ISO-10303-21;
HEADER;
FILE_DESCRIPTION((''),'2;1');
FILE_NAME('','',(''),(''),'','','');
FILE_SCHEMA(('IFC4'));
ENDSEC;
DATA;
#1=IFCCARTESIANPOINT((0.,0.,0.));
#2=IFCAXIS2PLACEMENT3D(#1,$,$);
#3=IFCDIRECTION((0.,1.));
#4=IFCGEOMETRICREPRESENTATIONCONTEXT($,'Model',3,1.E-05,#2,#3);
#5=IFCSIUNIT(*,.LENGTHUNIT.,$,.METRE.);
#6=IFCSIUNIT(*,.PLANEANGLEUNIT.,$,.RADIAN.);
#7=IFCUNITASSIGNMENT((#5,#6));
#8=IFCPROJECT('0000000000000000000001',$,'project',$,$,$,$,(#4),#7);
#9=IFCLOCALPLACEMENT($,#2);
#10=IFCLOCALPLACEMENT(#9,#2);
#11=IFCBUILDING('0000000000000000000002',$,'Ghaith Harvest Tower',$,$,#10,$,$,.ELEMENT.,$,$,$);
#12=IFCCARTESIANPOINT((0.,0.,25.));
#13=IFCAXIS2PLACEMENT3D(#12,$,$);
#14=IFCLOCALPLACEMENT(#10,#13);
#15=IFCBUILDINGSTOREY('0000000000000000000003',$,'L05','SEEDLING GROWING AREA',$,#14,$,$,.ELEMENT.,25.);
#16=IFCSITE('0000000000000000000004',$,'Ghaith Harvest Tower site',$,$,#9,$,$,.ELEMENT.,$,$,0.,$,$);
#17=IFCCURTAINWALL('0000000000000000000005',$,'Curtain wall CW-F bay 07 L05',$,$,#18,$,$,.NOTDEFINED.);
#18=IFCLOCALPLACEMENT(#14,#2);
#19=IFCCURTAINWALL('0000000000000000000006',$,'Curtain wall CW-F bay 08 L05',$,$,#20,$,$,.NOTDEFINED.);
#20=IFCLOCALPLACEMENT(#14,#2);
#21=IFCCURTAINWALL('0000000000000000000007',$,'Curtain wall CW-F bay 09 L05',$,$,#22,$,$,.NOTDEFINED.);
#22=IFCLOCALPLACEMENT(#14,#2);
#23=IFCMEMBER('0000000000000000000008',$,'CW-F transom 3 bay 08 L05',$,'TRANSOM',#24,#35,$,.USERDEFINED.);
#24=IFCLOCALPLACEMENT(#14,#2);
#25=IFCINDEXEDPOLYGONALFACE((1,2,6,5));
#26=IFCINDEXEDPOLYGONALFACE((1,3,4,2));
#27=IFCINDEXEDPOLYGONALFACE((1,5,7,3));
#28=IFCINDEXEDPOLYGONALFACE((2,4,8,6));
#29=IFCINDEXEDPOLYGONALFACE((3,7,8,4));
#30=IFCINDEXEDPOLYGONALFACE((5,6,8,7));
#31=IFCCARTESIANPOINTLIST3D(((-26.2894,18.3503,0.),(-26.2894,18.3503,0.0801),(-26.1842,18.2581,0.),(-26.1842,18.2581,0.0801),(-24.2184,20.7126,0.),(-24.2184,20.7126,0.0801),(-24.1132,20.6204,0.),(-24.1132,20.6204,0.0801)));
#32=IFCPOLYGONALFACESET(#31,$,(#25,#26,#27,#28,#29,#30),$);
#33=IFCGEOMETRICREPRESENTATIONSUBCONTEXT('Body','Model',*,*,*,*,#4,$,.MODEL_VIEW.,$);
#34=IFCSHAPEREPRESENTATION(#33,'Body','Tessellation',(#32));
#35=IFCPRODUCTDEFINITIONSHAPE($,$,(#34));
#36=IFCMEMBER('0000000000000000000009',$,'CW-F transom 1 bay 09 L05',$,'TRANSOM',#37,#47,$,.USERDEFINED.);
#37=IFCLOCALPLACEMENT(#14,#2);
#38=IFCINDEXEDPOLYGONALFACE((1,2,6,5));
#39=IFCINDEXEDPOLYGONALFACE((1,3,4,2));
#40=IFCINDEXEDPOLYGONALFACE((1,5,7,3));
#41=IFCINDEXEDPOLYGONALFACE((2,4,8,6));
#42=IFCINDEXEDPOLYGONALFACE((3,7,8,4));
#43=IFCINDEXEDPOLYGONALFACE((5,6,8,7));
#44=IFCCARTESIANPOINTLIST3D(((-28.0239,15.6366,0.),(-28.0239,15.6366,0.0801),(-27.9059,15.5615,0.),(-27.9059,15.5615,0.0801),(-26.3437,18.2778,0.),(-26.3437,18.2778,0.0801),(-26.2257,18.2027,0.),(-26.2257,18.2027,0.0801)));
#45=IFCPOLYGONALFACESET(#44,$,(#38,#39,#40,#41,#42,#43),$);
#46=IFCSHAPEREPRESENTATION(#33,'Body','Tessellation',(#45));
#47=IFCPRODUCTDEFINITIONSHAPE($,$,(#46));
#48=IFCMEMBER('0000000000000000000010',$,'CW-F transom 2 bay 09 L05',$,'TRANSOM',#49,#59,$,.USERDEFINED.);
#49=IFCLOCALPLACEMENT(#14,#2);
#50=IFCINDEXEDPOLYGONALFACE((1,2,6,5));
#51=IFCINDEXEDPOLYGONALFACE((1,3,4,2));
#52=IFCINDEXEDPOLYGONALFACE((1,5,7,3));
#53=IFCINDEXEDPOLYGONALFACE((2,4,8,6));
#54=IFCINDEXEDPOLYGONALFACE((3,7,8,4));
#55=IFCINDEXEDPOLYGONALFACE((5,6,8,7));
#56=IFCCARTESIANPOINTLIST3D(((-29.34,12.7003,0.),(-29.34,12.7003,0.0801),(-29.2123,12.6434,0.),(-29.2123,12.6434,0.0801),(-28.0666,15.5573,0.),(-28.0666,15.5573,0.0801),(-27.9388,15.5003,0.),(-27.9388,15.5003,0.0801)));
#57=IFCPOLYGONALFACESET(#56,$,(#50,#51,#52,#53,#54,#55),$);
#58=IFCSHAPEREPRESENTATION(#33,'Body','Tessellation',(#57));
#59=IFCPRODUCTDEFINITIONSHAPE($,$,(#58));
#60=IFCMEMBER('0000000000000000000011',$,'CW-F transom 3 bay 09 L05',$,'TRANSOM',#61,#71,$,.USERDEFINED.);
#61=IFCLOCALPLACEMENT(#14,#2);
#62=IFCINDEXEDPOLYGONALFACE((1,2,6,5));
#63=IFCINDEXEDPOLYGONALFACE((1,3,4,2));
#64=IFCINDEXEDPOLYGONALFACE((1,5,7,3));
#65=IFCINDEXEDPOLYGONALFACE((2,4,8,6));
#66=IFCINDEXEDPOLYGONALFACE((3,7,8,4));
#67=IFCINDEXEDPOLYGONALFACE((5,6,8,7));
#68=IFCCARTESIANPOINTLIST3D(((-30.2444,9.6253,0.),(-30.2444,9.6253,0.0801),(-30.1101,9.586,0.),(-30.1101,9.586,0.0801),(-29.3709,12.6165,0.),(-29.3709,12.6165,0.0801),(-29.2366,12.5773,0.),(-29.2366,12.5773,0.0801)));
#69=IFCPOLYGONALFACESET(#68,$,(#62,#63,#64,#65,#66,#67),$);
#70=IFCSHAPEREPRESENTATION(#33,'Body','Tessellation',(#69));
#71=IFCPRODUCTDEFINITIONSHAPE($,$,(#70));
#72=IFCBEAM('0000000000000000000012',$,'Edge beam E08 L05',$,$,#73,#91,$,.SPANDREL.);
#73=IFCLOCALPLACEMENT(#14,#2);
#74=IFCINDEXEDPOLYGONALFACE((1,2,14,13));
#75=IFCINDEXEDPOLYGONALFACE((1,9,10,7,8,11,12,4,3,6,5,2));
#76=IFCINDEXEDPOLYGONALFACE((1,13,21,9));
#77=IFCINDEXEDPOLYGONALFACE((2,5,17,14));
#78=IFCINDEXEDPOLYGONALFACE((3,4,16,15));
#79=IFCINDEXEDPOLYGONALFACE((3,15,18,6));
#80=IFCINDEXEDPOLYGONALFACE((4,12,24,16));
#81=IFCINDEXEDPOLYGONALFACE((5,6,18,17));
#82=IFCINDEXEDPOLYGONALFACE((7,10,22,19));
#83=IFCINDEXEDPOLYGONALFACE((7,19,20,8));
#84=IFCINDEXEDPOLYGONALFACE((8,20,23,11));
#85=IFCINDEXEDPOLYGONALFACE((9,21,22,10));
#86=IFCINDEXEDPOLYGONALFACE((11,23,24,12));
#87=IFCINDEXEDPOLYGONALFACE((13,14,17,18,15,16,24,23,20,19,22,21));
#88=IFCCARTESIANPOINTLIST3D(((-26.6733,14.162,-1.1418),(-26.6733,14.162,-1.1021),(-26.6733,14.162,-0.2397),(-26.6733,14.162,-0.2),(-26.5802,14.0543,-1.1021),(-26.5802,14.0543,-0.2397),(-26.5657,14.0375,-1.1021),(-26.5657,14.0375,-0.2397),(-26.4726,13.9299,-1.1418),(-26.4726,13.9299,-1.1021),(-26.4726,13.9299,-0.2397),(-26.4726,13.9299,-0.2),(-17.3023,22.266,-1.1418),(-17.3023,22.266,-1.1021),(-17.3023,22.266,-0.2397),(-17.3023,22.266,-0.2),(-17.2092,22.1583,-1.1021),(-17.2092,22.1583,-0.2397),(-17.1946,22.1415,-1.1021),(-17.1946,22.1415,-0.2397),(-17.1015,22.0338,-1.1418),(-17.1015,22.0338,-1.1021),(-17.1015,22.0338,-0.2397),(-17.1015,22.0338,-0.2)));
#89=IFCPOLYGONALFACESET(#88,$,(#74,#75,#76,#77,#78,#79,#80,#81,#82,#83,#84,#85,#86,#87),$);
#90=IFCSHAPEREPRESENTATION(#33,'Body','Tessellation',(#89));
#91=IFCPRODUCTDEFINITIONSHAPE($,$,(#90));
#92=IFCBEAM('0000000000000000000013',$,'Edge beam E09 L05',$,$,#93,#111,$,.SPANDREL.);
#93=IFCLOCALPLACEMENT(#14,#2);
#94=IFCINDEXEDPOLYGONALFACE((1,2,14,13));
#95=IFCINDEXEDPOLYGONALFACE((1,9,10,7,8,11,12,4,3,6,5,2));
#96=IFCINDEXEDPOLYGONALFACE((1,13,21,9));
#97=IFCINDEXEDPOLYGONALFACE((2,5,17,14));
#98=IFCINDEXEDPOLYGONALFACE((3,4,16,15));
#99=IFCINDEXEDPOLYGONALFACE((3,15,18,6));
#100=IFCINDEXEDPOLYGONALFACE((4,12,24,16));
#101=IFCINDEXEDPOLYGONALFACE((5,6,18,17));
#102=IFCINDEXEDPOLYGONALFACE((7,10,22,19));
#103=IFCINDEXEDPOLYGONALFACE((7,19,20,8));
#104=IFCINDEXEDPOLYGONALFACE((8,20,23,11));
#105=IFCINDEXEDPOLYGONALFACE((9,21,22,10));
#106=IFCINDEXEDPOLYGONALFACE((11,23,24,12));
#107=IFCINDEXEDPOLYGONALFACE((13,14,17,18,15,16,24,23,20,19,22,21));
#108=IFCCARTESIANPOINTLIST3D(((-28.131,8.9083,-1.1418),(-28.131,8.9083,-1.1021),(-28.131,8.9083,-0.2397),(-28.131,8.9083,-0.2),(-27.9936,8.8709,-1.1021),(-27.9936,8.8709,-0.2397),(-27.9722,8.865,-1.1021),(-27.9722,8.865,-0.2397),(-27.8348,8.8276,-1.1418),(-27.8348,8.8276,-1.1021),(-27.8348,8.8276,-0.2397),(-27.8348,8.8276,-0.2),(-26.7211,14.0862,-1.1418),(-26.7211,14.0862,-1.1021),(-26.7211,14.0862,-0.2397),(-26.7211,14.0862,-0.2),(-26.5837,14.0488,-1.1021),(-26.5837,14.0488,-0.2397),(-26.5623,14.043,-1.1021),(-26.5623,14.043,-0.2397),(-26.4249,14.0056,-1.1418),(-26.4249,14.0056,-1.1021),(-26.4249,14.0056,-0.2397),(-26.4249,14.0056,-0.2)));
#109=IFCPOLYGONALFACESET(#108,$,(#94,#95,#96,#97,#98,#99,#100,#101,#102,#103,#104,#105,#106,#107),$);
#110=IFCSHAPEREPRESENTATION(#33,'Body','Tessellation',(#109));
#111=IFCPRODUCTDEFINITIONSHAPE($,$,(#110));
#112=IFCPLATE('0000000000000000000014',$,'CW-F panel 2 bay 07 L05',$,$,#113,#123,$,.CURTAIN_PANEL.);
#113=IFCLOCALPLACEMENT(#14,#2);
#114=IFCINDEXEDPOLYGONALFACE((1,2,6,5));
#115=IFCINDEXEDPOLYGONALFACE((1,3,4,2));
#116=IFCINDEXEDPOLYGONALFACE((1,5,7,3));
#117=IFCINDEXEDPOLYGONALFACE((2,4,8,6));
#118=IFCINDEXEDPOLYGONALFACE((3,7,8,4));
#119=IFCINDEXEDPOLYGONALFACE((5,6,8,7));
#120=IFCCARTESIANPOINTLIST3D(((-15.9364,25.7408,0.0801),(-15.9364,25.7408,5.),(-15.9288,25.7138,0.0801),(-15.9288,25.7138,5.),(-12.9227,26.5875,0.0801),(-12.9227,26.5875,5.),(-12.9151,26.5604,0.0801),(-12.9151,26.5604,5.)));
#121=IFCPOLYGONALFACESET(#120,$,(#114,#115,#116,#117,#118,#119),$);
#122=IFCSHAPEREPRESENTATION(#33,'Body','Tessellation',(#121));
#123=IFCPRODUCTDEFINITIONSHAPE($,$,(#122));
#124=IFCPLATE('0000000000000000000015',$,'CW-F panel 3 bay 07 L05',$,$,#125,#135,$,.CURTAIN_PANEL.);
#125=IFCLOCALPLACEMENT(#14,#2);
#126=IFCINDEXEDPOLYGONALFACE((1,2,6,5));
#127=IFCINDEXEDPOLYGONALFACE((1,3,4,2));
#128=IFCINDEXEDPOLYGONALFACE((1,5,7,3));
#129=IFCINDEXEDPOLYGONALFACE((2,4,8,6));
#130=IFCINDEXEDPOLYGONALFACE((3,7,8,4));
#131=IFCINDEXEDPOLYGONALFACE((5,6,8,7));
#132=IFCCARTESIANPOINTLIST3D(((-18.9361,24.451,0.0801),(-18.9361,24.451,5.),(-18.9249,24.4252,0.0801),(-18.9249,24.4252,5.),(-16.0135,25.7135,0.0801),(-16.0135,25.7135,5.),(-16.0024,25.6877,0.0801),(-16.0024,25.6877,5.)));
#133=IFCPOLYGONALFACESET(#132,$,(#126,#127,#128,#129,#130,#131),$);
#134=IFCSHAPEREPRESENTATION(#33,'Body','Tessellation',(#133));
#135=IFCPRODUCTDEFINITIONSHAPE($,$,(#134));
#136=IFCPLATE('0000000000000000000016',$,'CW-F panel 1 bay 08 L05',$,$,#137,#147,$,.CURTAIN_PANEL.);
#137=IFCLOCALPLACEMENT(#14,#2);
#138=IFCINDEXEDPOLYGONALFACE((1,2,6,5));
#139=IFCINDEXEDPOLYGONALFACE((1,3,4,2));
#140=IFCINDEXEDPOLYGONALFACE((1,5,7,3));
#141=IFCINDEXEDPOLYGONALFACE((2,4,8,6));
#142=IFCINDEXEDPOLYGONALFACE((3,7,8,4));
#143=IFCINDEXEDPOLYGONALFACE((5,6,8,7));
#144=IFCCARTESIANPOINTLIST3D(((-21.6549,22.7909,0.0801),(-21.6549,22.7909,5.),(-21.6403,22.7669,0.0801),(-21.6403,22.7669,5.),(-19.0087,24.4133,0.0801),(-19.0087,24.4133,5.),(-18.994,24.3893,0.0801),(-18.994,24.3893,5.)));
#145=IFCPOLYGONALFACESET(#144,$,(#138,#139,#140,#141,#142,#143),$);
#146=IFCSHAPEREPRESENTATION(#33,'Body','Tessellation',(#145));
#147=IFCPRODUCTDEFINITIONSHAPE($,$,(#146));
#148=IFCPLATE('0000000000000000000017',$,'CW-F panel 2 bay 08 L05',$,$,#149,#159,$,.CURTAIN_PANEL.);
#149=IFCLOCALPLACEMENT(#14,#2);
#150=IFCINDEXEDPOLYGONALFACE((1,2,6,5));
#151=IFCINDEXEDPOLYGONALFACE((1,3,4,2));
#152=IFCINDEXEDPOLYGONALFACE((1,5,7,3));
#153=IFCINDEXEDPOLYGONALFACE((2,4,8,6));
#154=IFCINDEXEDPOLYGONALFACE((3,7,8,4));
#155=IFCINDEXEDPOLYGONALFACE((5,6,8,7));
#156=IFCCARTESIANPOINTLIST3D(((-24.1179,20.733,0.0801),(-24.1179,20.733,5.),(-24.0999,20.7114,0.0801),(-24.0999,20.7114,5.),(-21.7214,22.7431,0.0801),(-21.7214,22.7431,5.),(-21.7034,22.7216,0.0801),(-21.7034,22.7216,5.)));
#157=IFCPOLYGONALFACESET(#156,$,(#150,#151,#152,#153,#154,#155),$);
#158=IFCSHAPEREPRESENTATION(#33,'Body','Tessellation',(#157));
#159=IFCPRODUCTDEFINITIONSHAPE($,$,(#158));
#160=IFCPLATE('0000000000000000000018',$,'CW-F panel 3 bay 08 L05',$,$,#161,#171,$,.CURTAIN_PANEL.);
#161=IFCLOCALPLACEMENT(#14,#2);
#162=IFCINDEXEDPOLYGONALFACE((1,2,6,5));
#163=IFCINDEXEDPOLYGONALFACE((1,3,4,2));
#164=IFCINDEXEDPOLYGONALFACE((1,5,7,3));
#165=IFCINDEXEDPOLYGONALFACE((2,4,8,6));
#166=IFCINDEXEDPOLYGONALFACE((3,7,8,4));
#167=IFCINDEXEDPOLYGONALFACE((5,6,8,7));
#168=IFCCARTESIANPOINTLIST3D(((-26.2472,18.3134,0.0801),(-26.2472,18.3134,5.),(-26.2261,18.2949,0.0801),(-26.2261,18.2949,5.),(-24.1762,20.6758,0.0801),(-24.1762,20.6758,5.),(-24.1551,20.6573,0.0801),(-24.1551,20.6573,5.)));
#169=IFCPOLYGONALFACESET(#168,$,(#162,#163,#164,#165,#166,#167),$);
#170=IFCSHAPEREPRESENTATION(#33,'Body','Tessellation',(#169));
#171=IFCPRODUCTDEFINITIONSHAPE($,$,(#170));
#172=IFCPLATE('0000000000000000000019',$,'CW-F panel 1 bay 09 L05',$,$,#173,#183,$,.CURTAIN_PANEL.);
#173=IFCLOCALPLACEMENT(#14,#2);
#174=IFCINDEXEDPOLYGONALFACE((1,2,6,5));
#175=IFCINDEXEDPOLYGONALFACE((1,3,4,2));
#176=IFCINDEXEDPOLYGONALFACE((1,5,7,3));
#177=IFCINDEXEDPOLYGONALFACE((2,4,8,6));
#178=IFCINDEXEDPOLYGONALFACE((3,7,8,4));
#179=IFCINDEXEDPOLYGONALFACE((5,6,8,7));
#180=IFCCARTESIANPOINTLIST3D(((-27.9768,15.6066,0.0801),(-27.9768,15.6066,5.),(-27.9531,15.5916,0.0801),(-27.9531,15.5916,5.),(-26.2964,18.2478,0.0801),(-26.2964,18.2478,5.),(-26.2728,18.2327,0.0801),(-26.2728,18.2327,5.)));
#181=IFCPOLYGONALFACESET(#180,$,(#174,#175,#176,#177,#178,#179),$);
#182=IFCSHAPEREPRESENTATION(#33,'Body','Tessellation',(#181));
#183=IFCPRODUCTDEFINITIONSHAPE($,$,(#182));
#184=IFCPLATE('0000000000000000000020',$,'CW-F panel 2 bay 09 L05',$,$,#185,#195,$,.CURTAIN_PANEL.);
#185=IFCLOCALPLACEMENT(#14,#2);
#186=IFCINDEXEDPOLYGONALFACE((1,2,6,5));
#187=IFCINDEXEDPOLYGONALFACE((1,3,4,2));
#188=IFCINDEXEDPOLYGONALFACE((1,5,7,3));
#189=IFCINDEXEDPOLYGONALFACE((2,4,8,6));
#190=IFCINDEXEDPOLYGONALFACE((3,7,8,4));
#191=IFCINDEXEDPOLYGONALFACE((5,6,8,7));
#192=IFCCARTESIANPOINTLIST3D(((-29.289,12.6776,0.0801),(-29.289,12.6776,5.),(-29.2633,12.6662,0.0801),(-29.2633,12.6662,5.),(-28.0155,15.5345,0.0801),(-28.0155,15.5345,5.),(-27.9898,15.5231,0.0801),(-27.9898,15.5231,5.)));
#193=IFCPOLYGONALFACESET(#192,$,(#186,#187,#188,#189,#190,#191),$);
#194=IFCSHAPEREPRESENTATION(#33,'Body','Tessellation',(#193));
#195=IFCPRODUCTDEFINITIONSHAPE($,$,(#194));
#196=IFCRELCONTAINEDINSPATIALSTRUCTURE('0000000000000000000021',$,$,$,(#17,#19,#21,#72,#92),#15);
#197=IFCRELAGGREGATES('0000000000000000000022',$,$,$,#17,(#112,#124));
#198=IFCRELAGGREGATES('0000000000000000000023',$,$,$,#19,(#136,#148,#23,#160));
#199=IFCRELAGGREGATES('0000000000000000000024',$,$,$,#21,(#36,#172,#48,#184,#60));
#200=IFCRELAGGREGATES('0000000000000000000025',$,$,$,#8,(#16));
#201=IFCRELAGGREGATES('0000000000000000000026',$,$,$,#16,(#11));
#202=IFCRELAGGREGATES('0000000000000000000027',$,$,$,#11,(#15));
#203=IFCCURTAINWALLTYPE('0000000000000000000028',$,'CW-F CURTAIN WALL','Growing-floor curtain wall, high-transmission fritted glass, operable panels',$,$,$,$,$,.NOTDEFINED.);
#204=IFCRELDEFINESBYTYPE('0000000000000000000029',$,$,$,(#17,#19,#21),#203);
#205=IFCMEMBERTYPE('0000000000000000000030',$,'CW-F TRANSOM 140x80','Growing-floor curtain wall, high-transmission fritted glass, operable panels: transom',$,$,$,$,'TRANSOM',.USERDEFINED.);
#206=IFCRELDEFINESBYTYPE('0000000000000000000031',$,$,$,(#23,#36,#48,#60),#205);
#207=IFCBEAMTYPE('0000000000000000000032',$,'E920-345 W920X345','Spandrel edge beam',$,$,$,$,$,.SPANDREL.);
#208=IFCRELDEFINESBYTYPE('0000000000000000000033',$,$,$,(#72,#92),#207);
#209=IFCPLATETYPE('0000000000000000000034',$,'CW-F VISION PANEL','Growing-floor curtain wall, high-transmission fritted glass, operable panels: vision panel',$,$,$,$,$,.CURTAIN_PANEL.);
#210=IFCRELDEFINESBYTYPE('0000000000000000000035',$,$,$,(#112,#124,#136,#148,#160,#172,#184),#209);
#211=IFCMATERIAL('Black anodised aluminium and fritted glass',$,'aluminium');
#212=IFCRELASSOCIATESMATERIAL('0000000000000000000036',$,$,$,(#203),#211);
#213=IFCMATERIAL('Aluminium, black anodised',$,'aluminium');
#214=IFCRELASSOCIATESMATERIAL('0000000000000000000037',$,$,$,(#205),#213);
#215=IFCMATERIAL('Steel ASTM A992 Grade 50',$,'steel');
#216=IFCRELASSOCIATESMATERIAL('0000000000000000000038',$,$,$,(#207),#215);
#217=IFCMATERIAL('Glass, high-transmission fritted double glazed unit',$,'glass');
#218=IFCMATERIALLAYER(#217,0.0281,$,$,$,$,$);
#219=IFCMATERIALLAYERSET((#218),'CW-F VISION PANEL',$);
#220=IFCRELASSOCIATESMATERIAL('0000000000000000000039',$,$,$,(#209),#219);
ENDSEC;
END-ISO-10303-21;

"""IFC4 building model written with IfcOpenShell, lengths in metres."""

from ifc_helpers import new_model, si_unit, direction, frame, origin, origin_2d, place, context, subcontext, project, spatial, rectangle, i_section, extrude, material, layer, layer_set, material_profile, profile_set, type_object, element, aggregate, save


model = new_model("IFC4")

# Units and contexts
model_context = context("Model", 3, precision=1e-05, world=origin(), true_north=direction((0.0, 1.0)))
body_context = subcontext(model_context, "Body", "Model", "MODEL_VIEW")
ifc_project = project(units=[si_unit("LENGTHUNIT", "METRE"), si_unit("PLANEANGLEUNIT", "RADIAN")], contexts=[model_context])

# Site, building, storey
site_placement = place(None, origin())
site = spatial("IfcSite", under=ifc_project, at=site_placement, Name="Ghaith Harvest Tower site", CompositionType="ELEMENT", RefElevation=0.0)
building_placement = place(site_placement, origin())
building = spatial("IfcBuilding", under=site, at=building_placement, Name="Ghaith Harvest Tower", CompositionType="ELEMENT")
storey_placement = place(building_placement, frame((0.0, 0.0, 25.0)))
storey = spatial("IfcBuildingStorey", under=building, at=storey_placement, Name="L05", Description="SEEDLING GROWING AREA", CompositionType="ELEMENT", Elevation=25.0)

# Curtain walls
ifc_material_1 = material(Name="Black anodised aluminium and fritted glass", Category="aluminium")
curtain_wall_type = type_object("IfcCurtainWallType", Name="CW-F CURTAIN WALL", Description="Growing-floor curtain wall, high-transmission fritted glass, operable panels", PredefinedType="NOTDEFINED", material=ifc_material_1)
curtain_wall_1_placement = place(storey_placement, origin())
curtain_wall_1 = element("IfcCurtainWall", 1, at=curtain_wall_1_placement, inside=storey, type_object=curtain_wall_type, Name="Curtain wall CW-F bay 07 L05", PredefinedType="NOTDEFINED")
curtain_wall_2_placement = place(storey_placement, origin())
curtain_wall_2 = element("IfcCurtainWall", 2, at=curtain_wall_2_placement, inside=storey, type_object=curtain_wall_type, Name="Curtain wall CW-F bay 08 L05", PredefinedType="NOTDEFINED")
curtain_wall_3_placement = place(storey_placement, origin())
curtain_wall_3 = element("IfcCurtainWall", 3, at=curtain_wall_3_placement, inside=storey, type_object=curtain_wall_type, Name="Curtain wall CW-F bay 09 L05", PredefinedType="NOTDEFINED")

# Members
ifc_material_2 = material(Name="Aluminium, black anodised", Category="aluminium")
ifc_material_profile_1 = material_profile(ifc_material_2, rectangle(XDim=0.1399, YDim=0.0801, at=origin_2d()), Name="CW-F TRANSOM 140x80")
ifc_profile_set_1 = profile_set([ifc_material_profile_1], Name="Aluminium, black anodised")
member_type_1 = type_object("IfcMemberType", Name="CW-F TRANSOM 140x80", Description="Growing-floor curtain wall, high-transmission fritted glass, operable panels: transom", ElementType="TRANSOM", PredefinedType="USERDEFINED", material=ifc_profile_set_1)
member_1_placement = place(storey_placement, frame((-24.1658, 20.6665, 0.04), z_axis=(-0.659231, -0.751941, 0.0), x_axis=(0.751941, -0.659231, 0.0)))
member_1 = element("IfcMember", 4, at=member_1_placement, type_object=member_type_1, Name="CW-F transom 3 bay 08 L05", ObjectType="TRANSOM", PredefinedType="USERDEFINED", context=body_context, shape_type="SweptSolid", body=[
    extrude(rectangle(XDim=0.1399, YDim=0.0801, at=origin_2d()), origin(), (0.0, 0.0, 1.0), 3.1416),
])
member_2_placement = place(storey_placement, frame((-26.2847, 18.2402, 0.04), z_axis=(-0.536754, -0.843739, 0.0), x_axis=(0.843739, -0.536754, 0.0)))
member_2 = element("IfcMember", 5, at=member_2_placement, type_object=member_type_1, Name="CW-F transom 1 bay 09 L05", ObjectType="TRANSOM", PredefinedType="USERDEFINED", context=body_context, shape_type="SweptSolid", body=[
    extrude(rectangle(XDim=0.1399, YDim=0.0801, at=origin_2d()), origin(), (0.0, 0.0, 1.0), 3.1304),
])
member_3_placement = place(storey_placement, frame((-28.0027, 15.5288, 0.04), z_axis=(-0.407123, -0.913373, 0.0), x_axis=(0.913373, -0.407123, 0.0)))
member_3 = element("IfcMember", 6, at=member_3_placement, type_object=member_type_1, Name="CW-F transom 2 bay 09 L05", ObjectType="TRANSOM", PredefinedType="USERDEFINED", context=body_context, shape_type="SweptSolid", body=[
    extrude(rectangle(XDim=0.1399, YDim=0.0801, at=origin_2d()), origin(), (0.0, 0.0, 1.0), 3.1279),
])
member_4_placement = place(storey_placement, frame((-29.3037, 12.5969, 0.04), z_axis=(-0.280325, -0.959905, 0.0), x_axis=(0.959905, -0.280325, 0.0)))
member_4 = element("IfcMember", 7, at=member_4_placement, type_object=member_type_1, Name="CW-F transom 3 bay 09 L05", ObjectType="TRANSOM", PredefinedType="USERDEFINED", context=body_context, shape_type="SweptSolid", body=[
    extrude(rectangle(XDim=0.1399, YDim=0.0801, at=origin_2d()), origin(), (0.0, 0.0, 1.0), 3.1162),
])

# Beams
ifc_material_3 = material(Name="Steel ASTM A992 Grade 50", Category="steel")
ifc_material_profile_2 = material_profile(ifc_material_3, i_section(OverallWidth=0.3069, OverallDepth=0.9419, WebThickness=0.0222, FlangeThickness=0.0398, at=origin_2d()), Name="W920X345")
ifc_profile_set_2 = profile_set([ifc_material_profile_2], Name="Steel ASTM A992 Grade 50")
beam_type = type_object("IfcBeamType", Name="E920-345 W920X345", Description="Spandrel edge beam", PredefinedType="SPANDREL", material=ifc_profile_set_2)
beam_1_placement = place(storey_placement, frame((-17.2019, 22.1499, -0.6709), z_axis=(-0.756392, -0.654118, 0.0), x_axis=(0.654118, -0.756392, 0.0)))
element("IfcBeam", 8, at=beam_1_placement, inside=storey, type_object=beam_type, Name="Edge beam E08 L05", PredefinedType="SPANDREL", context=body_context, shape_type="SweptSolid", body=[
    extrude(i_section(OverallWidth=0.3069, OverallDepth=0.9419, WebThickness=0.0222, FlangeThickness=0.0398, at=origin_2d()), origin(), (0.0, 0.0, 1.0), 12.3892),
])
beam_2_placement = place(storey_placement, frame((-26.573, 14.0459, -0.6709), z_axis=(-0.262725, -0.964871, 0.0), x_axis=(0.964871, -0.262725, 0.0)))
element("IfcBeam", 9, at=beam_2_placement, inside=storey, type_object=beam_type, Name="Edge beam E09 L05", PredefinedType="SPANDREL", context=body_context, shape_type="SweptSolid", body=[
    extrude(i_section(OverallWidth=0.3069, OverallDepth=0.9419, WebThickness=0.0222, FlangeThickness=0.0398, at=origin_2d()), origin(), (0.0, 0.0, 1.0), 5.3665),
])

# Plates
ifc_material_4 = material(Name="Glass, high-transmission fritted double glazed unit", Category="glass")
ifc_layer_1 = layer(ifc_material_4, 0.0281)
ifc_layer_set_1 = layer_set([ifc_layer_1], Name="CW-F VISION PANEL")
plate_type = type_object("IfcPlateType", Name="CW-F VISION PANEL", Description="Growing-floor curtain wall, high-transmission fritted glass, operable panels: vision panel", PredefinedType="CURTAIN_PANEL", material=ifc_layer_set_1)
plate_1_placement = place(storey_placement, frame((-14.4258, 26.1506, 0.0801), z_axis=(0.0, 0.0, 1.0), x_axis=(-0.96273, -0.270465, 0.0)))
plate_1 = element("IfcPlate", 10, at=plate_1_placement, type_object=plate_type, Name="CW-F panel 2 bay 07 L05", PredefinedType="CURTAIN_PANEL", context=body_context, shape_type="SweptSolid", body=[
    extrude(rectangle(XDim=3.1304, YDim=0.0281, at=origin_2d()), origin(), (0.0, 0.0, 1.0), 4.9199),
])
plate_2_placement = place(storey_placement, frame((-17.4692, 25.0693, 0.0801), z_axis=(0.0, 0.0, 1.0), x_axis=(-0.918003, -0.396574, 0.0)))
plate_2 = element("IfcPlate", 11, at=plate_2_placement, type_object=plate_type, Name="CW-F panel 3 bay 07 L05", PredefinedType="CURTAIN_PANEL", context=body_context, shape_type="SweptSolid", body=[
    extrude(rectangle(XDim=3.1836, YDim=0.0281, at=origin_2d()), origin(), (0.0, 0.0, 1.0), 4.9199),
])
aggregate(curtain_wall_1, [plate_1, plate_2])
plate_3_placement = place(storey_placement, frame((-20.3245, 23.5901, 0.0801), z_axis=(0.0, 0.0, 1.0), x_axis=(-0.852528, -0.522682, 0.0)))
plate_3 = element("IfcPlate", 12, at=plate_3_placement, type_object=plate_type, Name="CW-F panel 1 bay 08 L05", PredefinedType="CURTAIN_PANEL", context=body_context, shape_type="SweptSolid", body=[
    extrude(rectangle(XDim=3.104, YDim=0.0281, at=origin_2d()), origin(), (0.0, 0.0, 1.0), 4.9199),
])
plate_4_placement = place(storey_placement, frame((-22.9106, 21.7273, 0.0801), z_axis=(0.0, 0.0, 1.0), x_axis=(-0.766155, -0.642656, 0.0)))
plate_4 = element("IfcPlate", 13, at=plate_4_placement, type_object=plate_type, Name="CW-F panel 2 bay 08 L05", PredefinedType="CURTAIN_PANEL", context=body_context, shape_type="SweptSolid", body=[
    extrude(rectangle(XDim=3.1279, YDim=0.0281, at=origin_2d()), origin(), (0.0, 0.0, 1.0), 4.9199),
])
plate_5_placement = place(storey_placement, frame((-25.2012, 19.4854, 0.0801), z_axis=(0.0, 0.0, 1.0), x_axis=(-0.659216, -0.751954, 0.0)))
plate_5 = element("IfcPlate", 14, at=plate_5_placement, type_object=plate_type, Name="CW-F panel 3 bay 08 L05", PredefinedType="CURTAIN_PANEL", context=body_context, shape_type="SweptSolid", body=[
    extrude(rectangle(XDim=3.1416, YDim=0.0281, at=origin_2d()), origin(), (0.0, 0.0, 1.0), 4.9199),
])
aggregate(curtain_wall_2, [plate_3, plate_4, member_1, plate_5])
plate_6_placement = place(storey_placement, frame((-27.1248, 16.9197, 0.0801), z_axis=(0.0, 0.0, 1.0), x_axis=(-0.536779, -0.843723, 0.0)))
plate_6 = element("IfcPlate", 15, at=plate_6_placement, type_object=plate_type, Name="CW-F panel 1 bay 09 L05", PredefinedType="CURTAIN_PANEL", context=body_context, shape_type="SweptSolid", body=[
    extrude(rectangle(XDim=3.1304, YDim=0.0281, at=origin_2d()), origin(), (0.0, 0.0, 1.0), 4.9199),
])
plate_7_placement = place(storey_placement, frame((-28.6394, 14.1003, 0.0801), z_axis=(0.0, 0.0, 1.0), x_axis=(-0.407134, -0.913368, 0.0)))
plate_7 = element("IfcPlate", 16, at=plate_7_placement, type_object=plate_type, Name="CW-F panel 2 bay 09 L05", PredefinedType="CURTAIN_PANEL", context=body_context, shape_type="SweptSolid", body=[
    extrude(rectangle(XDim=3.1279, YDim=0.0281, at=origin_2d()), origin(), (0.0, 0.0, 1.0), 4.9199),
])
aggregate(curtain_wall_3, [member_2, plate_6, member_3, plate_7, member_4])

save(model, "model.ifc")
